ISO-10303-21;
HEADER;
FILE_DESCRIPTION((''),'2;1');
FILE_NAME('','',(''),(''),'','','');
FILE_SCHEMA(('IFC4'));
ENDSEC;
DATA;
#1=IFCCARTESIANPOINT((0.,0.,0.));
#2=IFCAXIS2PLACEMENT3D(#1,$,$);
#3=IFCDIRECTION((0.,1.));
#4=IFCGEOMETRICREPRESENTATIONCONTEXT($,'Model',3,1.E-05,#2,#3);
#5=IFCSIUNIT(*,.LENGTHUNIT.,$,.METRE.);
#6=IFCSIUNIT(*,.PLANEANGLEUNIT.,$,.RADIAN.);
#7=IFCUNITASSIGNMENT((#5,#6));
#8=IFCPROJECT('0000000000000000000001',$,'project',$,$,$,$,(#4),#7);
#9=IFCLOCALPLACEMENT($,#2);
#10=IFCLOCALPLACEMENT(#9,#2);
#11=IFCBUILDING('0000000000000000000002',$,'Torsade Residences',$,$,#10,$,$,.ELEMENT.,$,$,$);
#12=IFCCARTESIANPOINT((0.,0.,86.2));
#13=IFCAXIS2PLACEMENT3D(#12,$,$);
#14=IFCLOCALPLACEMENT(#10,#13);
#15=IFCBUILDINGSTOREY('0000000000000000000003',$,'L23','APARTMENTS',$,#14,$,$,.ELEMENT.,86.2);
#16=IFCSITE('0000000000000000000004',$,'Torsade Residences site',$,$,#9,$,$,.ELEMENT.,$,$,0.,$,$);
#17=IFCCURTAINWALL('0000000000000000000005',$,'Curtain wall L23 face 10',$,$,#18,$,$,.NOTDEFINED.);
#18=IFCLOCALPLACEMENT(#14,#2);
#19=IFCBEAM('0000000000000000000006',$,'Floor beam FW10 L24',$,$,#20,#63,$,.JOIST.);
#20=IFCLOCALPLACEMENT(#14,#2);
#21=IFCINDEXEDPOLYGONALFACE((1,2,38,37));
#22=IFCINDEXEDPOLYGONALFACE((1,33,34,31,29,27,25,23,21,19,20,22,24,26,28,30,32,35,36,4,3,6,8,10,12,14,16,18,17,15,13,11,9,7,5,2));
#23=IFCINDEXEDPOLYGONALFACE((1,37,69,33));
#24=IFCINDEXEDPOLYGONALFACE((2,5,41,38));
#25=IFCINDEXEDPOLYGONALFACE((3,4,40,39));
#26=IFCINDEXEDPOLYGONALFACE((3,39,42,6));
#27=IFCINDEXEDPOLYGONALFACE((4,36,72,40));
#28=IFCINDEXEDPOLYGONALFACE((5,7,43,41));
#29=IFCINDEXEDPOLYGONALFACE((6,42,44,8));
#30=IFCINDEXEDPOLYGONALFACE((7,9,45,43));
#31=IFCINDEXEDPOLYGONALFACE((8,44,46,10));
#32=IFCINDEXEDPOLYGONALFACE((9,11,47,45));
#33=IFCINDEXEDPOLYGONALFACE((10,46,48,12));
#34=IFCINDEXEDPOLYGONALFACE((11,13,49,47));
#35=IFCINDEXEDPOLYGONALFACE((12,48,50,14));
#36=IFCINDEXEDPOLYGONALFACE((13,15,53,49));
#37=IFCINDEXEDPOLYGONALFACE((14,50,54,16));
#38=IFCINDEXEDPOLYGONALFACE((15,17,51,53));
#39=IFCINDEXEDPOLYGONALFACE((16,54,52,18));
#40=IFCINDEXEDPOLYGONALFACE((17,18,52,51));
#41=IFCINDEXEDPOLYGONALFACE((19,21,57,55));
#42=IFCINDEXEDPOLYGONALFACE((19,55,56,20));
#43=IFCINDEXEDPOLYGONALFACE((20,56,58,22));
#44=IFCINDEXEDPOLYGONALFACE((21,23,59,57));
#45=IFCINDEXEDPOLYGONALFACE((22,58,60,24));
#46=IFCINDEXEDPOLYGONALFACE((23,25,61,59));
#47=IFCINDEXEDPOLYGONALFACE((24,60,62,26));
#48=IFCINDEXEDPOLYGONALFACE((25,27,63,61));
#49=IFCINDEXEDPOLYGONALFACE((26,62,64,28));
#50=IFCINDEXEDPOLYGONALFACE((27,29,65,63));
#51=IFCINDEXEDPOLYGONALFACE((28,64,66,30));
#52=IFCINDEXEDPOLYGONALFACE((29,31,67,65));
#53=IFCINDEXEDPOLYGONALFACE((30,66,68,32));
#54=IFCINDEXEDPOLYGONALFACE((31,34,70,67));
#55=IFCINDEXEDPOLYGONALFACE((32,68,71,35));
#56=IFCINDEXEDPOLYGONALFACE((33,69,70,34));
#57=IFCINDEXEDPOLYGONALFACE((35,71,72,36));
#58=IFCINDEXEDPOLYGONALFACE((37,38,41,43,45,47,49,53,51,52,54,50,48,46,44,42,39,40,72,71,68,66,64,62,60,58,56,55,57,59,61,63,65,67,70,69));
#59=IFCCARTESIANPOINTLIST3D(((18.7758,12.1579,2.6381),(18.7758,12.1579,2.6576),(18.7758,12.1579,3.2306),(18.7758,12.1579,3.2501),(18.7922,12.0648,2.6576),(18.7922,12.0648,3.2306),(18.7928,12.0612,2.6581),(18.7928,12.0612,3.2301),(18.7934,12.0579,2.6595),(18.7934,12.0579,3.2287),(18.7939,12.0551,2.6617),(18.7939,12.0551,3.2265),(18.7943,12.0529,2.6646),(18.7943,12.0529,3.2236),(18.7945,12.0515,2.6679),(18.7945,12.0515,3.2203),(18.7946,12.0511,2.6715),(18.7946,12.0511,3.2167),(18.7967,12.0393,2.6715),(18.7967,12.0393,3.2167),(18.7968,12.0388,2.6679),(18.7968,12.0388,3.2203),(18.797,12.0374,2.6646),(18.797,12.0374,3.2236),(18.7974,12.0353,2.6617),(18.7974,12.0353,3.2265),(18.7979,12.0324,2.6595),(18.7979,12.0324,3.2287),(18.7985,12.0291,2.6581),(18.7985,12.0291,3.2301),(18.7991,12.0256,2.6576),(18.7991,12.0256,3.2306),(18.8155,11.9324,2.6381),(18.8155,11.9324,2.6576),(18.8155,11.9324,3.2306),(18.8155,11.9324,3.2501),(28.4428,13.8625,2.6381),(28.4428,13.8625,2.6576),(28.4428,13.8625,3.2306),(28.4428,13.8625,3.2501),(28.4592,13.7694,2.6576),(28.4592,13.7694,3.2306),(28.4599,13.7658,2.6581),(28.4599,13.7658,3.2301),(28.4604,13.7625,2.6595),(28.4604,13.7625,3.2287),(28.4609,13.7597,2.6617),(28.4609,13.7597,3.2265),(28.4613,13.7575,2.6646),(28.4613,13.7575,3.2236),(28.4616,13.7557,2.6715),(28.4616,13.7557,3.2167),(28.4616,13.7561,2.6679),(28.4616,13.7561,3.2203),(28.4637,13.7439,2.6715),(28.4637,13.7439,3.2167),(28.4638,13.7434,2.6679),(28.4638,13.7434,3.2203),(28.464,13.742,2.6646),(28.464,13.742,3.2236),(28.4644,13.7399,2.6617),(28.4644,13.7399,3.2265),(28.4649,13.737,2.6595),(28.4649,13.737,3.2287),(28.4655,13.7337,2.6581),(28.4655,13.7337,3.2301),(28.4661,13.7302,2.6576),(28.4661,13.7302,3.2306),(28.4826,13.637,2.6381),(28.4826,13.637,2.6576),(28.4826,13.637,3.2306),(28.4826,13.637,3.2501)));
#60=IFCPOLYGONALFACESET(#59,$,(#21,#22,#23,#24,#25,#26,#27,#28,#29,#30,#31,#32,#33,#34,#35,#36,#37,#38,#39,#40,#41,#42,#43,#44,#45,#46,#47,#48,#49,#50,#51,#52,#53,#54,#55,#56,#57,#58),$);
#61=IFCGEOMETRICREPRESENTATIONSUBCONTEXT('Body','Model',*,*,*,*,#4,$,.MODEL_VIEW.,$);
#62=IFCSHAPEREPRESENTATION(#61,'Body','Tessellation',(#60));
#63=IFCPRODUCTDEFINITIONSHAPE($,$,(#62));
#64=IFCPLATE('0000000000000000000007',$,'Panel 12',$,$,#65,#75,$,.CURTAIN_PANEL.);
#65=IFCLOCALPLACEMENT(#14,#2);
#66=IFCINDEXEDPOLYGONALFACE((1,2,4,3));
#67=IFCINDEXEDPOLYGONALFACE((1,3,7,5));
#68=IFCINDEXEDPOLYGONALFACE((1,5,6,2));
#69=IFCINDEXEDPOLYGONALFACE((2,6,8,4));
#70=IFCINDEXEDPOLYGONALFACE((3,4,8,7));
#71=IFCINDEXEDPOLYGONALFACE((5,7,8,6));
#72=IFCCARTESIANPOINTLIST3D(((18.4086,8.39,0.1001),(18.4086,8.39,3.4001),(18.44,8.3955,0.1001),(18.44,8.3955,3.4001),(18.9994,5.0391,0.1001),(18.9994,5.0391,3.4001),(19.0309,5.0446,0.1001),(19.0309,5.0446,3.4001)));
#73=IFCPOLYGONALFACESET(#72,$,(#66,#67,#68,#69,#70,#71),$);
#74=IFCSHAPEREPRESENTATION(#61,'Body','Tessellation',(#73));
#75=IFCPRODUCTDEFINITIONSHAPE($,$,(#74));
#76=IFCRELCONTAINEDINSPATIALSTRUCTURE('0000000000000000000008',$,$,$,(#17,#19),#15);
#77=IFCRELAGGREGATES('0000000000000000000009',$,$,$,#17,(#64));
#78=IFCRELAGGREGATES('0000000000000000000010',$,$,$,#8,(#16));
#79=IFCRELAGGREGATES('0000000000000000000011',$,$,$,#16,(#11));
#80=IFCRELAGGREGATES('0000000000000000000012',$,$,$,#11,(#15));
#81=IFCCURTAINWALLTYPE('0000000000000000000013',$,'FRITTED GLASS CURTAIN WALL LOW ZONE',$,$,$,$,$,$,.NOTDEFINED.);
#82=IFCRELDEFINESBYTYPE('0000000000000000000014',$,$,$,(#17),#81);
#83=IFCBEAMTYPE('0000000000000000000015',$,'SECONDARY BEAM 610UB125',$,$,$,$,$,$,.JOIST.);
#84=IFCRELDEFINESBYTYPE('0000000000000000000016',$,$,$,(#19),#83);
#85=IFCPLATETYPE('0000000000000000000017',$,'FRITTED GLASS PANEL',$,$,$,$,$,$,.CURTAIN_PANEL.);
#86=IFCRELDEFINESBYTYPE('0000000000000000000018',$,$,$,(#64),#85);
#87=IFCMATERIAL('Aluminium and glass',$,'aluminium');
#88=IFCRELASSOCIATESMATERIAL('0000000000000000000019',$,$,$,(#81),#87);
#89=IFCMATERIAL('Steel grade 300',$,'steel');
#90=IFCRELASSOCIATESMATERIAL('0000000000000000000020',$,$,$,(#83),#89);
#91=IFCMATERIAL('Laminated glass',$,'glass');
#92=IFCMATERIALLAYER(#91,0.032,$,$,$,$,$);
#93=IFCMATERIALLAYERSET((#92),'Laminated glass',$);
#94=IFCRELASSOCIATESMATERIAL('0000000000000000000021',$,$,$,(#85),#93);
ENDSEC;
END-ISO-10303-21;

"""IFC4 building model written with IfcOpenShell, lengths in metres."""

from ifc_helpers import new_model, si_unit, direction, frame, origin, origin_2d, place, context, subcontext, project, spatial, rectangle, i_section, extrude, material, layer, layer_set, material_profile, profile_set, type_object, element, aggregate, save


model = new_model("IFC4")

# Units and contexts
model_context = context("Model", 3, precision=1e-05, world=origin(), true_north=direction((0.0, 1.0)))
body_context = subcontext(model_context, "Body", "Model", "MODEL_VIEW")
ifc_project = project(units=[si_unit("LENGTHUNIT", "METRE"), si_unit("PLANEANGLEUNIT", "RADIAN")], contexts=[model_context])

# Site, building, storey
site_placement = place(None, origin())
site = spatial("IfcSite", under=ifc_project, at=site_placement, Name="Torsade Residences site", CompositionType="ELEMENT", RefElevation=0.0)
building_placement = place(site_placement, origin())
building = spatial("IfcBuilding", under=site, at=building_placement, Name="Torsade Residences", CompositionType="ELEMENT")
storey_placement = place(building_placement, frame((0.0, 0.0, 86.2)))
storey = spatial("IfcBuildingStorey", under=building, at=storey_placement, Name="L23", Description="APARTMENTS", CompositionType="ELEMENT", Elevation=86.2)

# Curtain wall
ifc_material_1 = material(Name="Aluminium and glass", Category="aluminium")
curtain_wall_type = type_object("IfcCurtainWallType", Name="FRITTED GLASS CURTAIN WALL LOW ZONE", PredefinedType="NOTDEFINED", material=ifc_material_1)
curtain_wall_placement = place(storey_placement, origin())
curtain_wall = element("IfcCurtainWall", 1, at=curtain_wall_placement, inside=storey, type_object=curtain_wall_type, Name="Curtain wall L23 face 10", PredefinedType="NOTDEFINED")

# Beam
ifc_material_2 = material(Name="Steel grade 300", Category="steel")
ifc_material_profile_1 = material_profile(ifc_material_2, i_section(OverallWidth=0.229, OverallDepth=0.6121, WebThickness=0.012, FlangeThickness=0.0195, FilletRadius=0.0139, at=origin_2d()), Name="610UB125")
ifc_profile_set_1 = profile_set([ifc_material_profile_1], Name="Steel grade 300")
beam_type_1 = type_object("IfcBeamType", Name="SECONDARY BEAM 610UB125", PredefinedType="JOIST", material=ifc_profile_set_1)
beam_1_placement = place(storey_placement, frame((18.7957, 12.0452, 2.9441), z_axis=(0.984807, 0.173652, 0.0), x_axis=(-0.173652, 0.984807, 0.0)))
element("IfcBeam", 2, at=beam_1_placement, inside=storey, type_object=beam_type_1, Name="Floor beam FW10 L24", PredefinedType="JOIST", context=body_context, shape_type="SweptSolid", body=[
    extrude(i_section(OverallWidth=0.229, OverallDepth=0.6121, WebThickness=0.012, FlangeThickness=0.0195, FilletRadius=0.0139, at=origin_2d()), origin(), (0.0, 0.0, 1.0), 9.8162),
])

# Plate
ifc_material_3 = material(Name="Laminated glass", Category="glass")
ifc_layer_1 = layer(ifc_material_3, 0.032)
ifc_layer_set_1 = layer_set([ifc_layer_1], Name="Laminated glass")
plate_type = type_object("IfcPlateType", Name="FRITTED GLASS PANEL", PredefinedType="CURTAIN_PANEL", material=ifc_layer_set_1)
plate_placement = place(storey_placement, frame((18.7197, 6.7173, 0.1001), z_axis=(0.0, 0.0, 1.0), x_axis=(0.173648, -0.984808, 0.0)))
plate = element("IfcPlate", 3, at=plate_placement, type_object=plate_type, Name="Panel 12", PredefinedType="CURTAIN_PANEL", context=body_context, shape_type="SweptSolid", body=[
    extrude(rectangle(XDim=3.4026, YDim=0.032, at=origin_2d()), origin(), (0.0, 0.0, 1.0), 3.3),
])
aggregate(curtain_wall, [plate])

save(model, "model.ifc")
